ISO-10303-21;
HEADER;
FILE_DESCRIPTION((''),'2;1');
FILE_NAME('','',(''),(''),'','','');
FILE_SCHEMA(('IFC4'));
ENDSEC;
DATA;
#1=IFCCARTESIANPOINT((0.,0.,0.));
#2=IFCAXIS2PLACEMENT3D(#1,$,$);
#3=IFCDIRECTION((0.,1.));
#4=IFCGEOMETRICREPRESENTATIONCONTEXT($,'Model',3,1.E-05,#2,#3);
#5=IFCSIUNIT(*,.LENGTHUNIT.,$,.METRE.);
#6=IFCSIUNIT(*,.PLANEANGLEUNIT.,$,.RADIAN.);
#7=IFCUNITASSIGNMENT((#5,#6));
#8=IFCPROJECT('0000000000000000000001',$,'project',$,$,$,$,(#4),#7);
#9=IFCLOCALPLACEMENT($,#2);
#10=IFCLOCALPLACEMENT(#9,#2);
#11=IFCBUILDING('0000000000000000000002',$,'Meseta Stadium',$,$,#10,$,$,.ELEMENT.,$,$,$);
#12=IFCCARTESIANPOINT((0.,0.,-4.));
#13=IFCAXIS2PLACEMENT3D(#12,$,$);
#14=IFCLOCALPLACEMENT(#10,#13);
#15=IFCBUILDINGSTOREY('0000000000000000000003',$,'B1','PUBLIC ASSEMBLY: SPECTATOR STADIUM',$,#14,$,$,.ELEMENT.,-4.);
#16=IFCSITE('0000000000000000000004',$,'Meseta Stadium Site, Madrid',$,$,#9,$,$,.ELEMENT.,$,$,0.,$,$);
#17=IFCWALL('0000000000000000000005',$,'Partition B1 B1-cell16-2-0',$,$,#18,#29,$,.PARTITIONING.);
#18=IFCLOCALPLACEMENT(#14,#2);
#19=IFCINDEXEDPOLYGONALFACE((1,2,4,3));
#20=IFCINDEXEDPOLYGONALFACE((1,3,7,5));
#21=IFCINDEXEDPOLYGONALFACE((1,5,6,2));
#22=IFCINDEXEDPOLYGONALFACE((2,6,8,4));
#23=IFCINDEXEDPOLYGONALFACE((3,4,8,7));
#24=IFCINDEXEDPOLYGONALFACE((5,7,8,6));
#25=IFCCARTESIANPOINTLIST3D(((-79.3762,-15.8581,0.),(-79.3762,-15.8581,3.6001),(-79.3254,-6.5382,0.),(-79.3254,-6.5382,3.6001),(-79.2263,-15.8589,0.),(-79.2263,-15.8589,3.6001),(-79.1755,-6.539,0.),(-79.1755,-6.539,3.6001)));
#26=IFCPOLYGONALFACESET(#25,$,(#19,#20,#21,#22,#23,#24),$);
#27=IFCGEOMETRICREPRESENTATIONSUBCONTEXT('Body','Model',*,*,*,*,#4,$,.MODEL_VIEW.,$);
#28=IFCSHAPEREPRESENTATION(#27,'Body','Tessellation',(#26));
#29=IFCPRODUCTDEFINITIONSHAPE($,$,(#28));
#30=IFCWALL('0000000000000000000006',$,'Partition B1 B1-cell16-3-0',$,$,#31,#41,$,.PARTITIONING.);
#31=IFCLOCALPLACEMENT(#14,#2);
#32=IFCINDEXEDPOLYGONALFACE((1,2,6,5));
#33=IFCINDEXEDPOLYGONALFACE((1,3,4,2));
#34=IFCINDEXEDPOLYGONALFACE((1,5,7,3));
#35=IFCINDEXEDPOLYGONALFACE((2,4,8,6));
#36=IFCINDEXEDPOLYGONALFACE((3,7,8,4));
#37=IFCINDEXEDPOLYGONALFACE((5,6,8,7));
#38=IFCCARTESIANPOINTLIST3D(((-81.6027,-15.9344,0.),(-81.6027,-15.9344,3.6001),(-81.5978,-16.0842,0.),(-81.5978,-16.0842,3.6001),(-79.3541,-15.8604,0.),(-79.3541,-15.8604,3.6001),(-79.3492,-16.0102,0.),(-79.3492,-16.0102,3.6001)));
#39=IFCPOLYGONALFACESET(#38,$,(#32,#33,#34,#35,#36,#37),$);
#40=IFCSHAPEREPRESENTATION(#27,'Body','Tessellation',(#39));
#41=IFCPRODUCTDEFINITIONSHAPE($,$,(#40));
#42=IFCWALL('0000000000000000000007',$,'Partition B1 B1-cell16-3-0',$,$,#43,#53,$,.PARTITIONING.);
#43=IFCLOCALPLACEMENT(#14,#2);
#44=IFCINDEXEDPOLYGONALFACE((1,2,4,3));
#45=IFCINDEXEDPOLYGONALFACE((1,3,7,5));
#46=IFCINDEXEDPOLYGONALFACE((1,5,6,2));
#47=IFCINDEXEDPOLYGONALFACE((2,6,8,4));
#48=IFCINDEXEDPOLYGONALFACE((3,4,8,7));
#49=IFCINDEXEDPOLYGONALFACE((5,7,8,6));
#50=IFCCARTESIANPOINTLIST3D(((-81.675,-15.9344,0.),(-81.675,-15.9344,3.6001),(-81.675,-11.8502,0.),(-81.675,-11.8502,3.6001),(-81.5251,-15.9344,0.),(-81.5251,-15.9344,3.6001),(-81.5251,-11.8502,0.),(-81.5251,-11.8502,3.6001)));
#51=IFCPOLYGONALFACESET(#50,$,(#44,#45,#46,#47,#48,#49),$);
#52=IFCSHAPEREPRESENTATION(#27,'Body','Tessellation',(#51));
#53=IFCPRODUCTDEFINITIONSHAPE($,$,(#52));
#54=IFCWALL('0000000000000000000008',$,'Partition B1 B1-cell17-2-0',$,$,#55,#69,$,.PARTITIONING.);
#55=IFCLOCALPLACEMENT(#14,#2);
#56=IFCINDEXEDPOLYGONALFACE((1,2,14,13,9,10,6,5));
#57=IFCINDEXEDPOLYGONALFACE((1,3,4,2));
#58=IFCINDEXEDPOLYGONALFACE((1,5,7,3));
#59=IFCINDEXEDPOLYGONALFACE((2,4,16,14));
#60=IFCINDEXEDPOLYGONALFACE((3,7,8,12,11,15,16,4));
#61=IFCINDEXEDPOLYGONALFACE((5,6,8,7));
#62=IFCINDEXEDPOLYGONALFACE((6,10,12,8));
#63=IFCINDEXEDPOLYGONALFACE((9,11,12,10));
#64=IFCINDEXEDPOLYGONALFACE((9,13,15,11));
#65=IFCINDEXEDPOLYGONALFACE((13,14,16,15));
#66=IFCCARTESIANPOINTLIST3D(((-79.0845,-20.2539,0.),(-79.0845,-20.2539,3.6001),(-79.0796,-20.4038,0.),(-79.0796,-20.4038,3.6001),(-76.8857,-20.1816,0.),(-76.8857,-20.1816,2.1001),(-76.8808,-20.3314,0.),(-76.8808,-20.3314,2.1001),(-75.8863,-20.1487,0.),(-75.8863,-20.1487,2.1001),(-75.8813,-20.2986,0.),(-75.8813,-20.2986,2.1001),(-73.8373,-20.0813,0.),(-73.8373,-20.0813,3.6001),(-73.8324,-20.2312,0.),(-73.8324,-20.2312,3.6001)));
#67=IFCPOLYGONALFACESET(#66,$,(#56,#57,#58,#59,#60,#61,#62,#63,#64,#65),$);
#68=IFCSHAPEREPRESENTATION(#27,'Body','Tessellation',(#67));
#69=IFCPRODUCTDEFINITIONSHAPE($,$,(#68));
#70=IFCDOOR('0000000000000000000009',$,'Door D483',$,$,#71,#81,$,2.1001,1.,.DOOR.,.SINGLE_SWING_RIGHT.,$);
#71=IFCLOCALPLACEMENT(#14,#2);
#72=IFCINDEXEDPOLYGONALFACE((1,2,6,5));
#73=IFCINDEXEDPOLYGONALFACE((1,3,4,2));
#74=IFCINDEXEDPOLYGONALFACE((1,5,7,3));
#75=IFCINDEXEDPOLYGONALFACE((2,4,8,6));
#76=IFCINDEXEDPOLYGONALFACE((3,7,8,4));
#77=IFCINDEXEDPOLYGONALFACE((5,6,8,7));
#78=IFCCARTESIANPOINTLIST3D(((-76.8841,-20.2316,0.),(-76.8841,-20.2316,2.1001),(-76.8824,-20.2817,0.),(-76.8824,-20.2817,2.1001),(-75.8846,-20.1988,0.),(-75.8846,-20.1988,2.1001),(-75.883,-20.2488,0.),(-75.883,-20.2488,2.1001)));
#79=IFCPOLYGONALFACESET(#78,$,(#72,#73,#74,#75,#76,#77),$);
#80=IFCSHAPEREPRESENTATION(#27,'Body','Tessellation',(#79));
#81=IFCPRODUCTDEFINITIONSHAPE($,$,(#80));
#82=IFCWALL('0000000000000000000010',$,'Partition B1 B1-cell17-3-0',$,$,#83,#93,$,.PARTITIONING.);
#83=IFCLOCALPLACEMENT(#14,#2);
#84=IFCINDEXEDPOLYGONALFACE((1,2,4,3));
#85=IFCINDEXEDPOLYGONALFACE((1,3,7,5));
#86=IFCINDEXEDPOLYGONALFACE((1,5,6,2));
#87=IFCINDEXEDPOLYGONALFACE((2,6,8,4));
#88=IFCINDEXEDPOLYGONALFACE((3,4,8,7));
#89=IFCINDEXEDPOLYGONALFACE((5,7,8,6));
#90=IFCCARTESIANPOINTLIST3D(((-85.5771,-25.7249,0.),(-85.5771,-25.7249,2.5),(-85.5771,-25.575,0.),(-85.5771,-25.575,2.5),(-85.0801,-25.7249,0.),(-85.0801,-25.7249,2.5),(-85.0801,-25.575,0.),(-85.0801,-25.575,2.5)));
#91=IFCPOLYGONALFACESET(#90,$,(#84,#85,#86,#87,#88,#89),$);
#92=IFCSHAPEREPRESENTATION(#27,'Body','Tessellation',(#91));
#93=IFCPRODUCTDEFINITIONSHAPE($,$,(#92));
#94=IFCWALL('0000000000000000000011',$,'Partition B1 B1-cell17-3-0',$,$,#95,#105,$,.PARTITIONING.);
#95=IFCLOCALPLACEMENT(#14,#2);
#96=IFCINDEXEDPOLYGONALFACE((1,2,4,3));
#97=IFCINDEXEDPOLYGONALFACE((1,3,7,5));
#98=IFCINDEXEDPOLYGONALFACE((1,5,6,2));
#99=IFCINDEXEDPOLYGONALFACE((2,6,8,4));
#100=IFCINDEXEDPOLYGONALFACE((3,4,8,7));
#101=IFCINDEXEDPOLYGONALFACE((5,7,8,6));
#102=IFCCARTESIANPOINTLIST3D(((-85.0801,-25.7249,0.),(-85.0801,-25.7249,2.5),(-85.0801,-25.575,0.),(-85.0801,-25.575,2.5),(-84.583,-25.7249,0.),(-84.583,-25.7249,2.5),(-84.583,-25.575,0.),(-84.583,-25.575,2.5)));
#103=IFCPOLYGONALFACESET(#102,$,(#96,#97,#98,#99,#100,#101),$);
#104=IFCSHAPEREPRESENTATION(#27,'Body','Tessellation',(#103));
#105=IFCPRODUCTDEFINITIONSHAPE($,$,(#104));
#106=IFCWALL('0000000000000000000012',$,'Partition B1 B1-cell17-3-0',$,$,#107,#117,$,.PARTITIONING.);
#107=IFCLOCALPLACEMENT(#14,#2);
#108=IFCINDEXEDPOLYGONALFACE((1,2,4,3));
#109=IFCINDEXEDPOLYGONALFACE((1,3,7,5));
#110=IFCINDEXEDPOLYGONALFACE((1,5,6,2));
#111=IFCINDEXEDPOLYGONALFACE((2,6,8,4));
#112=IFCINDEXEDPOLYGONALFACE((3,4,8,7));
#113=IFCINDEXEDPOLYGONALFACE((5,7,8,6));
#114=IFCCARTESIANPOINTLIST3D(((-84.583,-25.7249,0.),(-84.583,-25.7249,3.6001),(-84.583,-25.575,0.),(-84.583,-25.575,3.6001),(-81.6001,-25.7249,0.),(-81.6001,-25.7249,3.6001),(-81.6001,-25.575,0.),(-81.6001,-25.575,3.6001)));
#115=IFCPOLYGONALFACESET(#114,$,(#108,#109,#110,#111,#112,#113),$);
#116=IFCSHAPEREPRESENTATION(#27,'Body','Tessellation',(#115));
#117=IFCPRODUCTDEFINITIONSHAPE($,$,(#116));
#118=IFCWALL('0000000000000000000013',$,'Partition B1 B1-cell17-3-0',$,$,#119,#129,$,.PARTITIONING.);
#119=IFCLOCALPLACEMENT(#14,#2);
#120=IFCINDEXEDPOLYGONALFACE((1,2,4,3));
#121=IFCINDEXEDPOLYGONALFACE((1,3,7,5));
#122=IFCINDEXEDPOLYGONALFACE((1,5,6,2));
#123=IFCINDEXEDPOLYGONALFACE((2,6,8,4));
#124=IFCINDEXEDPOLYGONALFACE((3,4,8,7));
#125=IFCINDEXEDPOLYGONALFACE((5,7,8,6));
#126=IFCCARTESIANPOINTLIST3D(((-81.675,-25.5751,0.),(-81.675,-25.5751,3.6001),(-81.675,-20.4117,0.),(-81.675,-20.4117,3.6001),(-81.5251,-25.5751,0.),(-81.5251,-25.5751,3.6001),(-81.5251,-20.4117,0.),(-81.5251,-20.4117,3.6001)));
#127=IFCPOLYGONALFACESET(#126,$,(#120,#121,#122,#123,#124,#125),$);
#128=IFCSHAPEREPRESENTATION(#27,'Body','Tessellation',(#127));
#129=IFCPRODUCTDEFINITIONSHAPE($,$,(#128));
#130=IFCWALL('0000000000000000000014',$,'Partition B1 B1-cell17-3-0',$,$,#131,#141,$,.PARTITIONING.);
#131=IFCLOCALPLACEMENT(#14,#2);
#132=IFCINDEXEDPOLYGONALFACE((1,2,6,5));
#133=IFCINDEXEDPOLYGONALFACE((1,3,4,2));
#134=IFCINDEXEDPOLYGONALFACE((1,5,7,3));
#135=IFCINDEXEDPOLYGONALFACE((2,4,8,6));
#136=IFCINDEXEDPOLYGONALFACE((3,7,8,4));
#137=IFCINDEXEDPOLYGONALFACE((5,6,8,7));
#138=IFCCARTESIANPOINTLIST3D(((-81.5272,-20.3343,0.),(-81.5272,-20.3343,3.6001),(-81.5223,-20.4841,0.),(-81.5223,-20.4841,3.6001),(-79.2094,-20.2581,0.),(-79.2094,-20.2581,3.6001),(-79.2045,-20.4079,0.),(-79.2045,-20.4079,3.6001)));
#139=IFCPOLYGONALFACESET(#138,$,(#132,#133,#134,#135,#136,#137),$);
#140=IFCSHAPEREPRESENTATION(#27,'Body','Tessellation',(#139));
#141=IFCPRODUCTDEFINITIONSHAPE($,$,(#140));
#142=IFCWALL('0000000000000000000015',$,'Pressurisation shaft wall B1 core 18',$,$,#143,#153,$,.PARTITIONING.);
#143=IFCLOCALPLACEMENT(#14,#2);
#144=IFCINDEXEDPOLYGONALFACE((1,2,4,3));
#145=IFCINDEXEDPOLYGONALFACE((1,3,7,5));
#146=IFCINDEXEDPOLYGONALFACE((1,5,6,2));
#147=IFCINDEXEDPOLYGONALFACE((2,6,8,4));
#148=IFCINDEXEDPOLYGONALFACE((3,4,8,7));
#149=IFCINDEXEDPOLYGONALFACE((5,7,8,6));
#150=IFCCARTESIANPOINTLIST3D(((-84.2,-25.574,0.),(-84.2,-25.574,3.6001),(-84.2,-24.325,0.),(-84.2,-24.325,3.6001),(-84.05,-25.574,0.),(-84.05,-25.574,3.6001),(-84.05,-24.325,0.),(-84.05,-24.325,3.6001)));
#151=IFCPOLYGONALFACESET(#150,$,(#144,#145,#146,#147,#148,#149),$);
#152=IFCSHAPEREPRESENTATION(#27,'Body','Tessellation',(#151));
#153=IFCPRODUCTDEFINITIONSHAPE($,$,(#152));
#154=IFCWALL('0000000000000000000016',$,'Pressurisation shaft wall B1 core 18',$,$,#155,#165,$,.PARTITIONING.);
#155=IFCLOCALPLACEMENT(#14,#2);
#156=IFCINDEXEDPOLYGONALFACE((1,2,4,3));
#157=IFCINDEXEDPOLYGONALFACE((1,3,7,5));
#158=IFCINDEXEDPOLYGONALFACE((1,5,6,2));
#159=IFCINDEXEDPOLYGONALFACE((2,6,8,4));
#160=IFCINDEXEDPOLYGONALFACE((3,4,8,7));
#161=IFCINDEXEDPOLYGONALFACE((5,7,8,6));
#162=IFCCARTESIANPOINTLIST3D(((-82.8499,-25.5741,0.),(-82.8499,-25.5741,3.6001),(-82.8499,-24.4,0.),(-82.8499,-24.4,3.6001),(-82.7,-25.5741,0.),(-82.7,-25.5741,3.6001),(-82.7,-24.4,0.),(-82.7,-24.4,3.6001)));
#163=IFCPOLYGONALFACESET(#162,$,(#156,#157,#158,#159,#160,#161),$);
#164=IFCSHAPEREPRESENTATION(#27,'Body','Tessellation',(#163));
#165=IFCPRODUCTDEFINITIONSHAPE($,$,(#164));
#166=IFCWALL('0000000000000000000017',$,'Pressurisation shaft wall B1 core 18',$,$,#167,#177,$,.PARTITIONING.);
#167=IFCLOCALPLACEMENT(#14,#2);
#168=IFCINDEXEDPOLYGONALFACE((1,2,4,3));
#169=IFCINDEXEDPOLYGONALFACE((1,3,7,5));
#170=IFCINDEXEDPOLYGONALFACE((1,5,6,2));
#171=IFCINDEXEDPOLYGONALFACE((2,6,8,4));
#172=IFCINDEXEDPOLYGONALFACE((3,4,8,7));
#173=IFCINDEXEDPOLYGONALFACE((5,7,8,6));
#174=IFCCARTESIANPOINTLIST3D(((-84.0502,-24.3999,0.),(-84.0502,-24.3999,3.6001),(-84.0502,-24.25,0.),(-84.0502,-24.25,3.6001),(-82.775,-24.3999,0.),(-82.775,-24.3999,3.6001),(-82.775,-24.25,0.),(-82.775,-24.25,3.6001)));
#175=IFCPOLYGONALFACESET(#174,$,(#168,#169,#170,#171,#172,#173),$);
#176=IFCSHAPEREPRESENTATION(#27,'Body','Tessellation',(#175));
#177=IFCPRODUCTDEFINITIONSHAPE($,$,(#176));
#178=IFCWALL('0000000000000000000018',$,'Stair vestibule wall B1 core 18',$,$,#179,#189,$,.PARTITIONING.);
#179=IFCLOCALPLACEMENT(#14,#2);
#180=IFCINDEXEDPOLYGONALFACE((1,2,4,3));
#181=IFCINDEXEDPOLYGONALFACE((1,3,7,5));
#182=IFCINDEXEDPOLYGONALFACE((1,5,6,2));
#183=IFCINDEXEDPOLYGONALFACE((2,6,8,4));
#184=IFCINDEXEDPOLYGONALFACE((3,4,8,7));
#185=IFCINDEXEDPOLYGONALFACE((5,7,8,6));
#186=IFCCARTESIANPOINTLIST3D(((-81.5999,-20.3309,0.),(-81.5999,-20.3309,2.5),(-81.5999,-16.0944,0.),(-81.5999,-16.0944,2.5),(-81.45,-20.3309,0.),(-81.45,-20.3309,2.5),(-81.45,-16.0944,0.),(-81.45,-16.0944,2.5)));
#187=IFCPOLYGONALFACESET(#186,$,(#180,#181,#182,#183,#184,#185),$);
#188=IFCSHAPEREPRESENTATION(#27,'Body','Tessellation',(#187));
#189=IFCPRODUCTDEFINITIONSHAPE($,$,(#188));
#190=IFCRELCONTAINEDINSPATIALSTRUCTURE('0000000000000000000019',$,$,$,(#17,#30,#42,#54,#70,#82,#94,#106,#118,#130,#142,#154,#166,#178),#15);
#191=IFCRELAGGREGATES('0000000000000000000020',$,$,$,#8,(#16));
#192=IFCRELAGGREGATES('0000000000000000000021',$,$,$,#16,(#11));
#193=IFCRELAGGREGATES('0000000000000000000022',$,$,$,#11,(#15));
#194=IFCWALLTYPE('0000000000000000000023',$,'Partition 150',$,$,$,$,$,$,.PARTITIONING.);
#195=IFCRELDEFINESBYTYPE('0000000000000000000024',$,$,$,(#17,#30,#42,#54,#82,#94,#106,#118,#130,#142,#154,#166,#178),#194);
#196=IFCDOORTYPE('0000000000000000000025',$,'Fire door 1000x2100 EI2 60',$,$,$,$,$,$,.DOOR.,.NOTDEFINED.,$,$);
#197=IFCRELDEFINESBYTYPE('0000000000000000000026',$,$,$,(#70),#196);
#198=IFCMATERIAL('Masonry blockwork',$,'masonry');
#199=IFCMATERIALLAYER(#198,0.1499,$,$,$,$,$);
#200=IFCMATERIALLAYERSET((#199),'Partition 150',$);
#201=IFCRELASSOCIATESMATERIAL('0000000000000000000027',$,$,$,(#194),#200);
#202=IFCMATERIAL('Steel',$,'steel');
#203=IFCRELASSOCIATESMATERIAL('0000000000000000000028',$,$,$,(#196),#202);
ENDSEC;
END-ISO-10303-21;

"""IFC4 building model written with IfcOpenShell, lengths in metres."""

from ifc_helpers import new_model, si_unit, direction, frame, frame_2d, origin, place, context, subcontext, project, spatial, rectangle, extrude, material, layer, layer_set, type_object, element, fill, save


model = new_model("IFC4")

# Units and contexts
model_context = context("Model", 3, precision=1e-05, world=origin(), true_north=direction((0.0, 1.0)))
body_context = subcontext(model_context, "Body", "Model", "MODEL_VIEW")
ifc_project = project(units=[si_unit("LENGTHUNIT", "METRE"), si_unit("PLANEANGLEUNIT", "RADIAN")], contexts=[model_context])

# Site, building, storey
site_placement = place(None, origin())
site = spatial("IfcSite", under=ifc_project, at=site_placement, Name="Meseta Stadium Site, Madrid", CompositionType="ELEMENT", RefElevation=0.0)
building_placement = place(site_placement, origin())
building = spatial("IfcBuilding", under=site, at=building_placement, Name="Meseta Stadium", CompositionType="ELEMENT")
storey_placement = place(building_placement, frame((0.0, 0.0, -4.0)))
storey = spatial("IfcBuildingStorey", under=building, at=storey_placement, Name="B1", Description="PUBLIC ASSEMBLY: SPECTATOR STADIUM", CompositionType="ELEMENT", Elevation=-4.0)

# Walls
ifc_material_1 = material(Name="Masonry blockwork", Category="masonry")
ifc_layer_1 = layer(ifc_material_1, 0.1499)
ifc_layer_set_1 = layer_set([ifc_layer_1], Name="Partition 150")
wall_type_1 = type_object("IfcWallType", Name="Partition 150", PredefinedType="PARTITIONING", material=ifc_layer_set_1)
wall_1_placement = place(storey_placement, frame((-79.3013, -15.8586, 0.0), z_axis=(0.0, 0.0, 1.0), x_axis=(0.005449, 0.999985, 0.0)))
element("IfcWall", 1, at=wall_1_placement, inside=storey, type_object=wall_type_1, Name="Partition B1 B1-cell16-2-0", PredefinedType="PARTITIONING", context=body_context, shape_type="SweptSolid", body=[
    extrude(rectangle(XDim=9.3201, YDim=0.1499, at=frame_2d((4.6602, 0.0))), origin(), (0.0, 0.0, 1.0), 3.6001),
])
wall_2_placement = place(storey_placement, frame((-79.3516, -15.9353, 0.0), z_axis=(0.0, 0.0, 1.0), x_axis=(-0.999459, -0.032881, 0.0)))
element("IfcWall", 2, at=wall_2_placement, inside=storey, type_object=wall_type_1, Name="Partition B1 B1-cell16-3-0", PredefinedType="PARTITIONING", context=body_context, shape_type="SweptSolid", body=[
    extrude(rectangle(XDim=2.2498, YDim=0.1499, at=frame_2d((1.125, 0.0))), origin(), (0.0, 0.0, 1.0), 3.6001),
])
wall_3_placement = place(storey_placement, frame((-81.6001, -15.9343, 0.0), z_axis=(0.0, 0.0, 1.0), x_axis=(0.0, 1.0, 0.0)))
element("IfcWall", 3, at=wall_3_placement, inside=storey, type_object=wall_type_1, Name="Partition B1 B1-cell16-3-0", PredefinedType="PARTITIONING", context=body_context, shape_type="SweptSolid", body=[
    extrude(rectangle(XDim=4.0842, YDim=0.1499, at=frame_2d((2.042, 0.0))), origin(), (0.0, 0.0, 1.0), 3.6001),
])

# Wall, opening, door
wall_4_placement = place(storey_placement, frame((-79.082, -20.3289, 0.0), z_axis=(0.0, 0.0, 1.0), x_axis=(0.999459, 0.032878, 0.0)))
wall_4 = element("IfcWall", 4, at=wall_4_placement, inside=storey, type_object=wall_type_1, Name="Partition B1 B1-cell17-2-0", PredefinedType="PARTITIONING", context=body_context, shape_type="SweptSolid", body=[
    extrude(rectangle(XDim=5.25, YDim=0.1499, at=frame_2d((2.625, 0.0))), origin(), (0.0, 0.0, 1.0), 3.6001),
])
opening_1_placement = place(wall_4_placement, frame((2.2, 0.0, 0.0)))
opening_1 = element("IfcOpeningElement", 5, at=opening_1_placement, cuts=wall_4, PredefinedType="OPENING", context=body_context, shape_type="SweptSolid", body=[
    extrude(rectangle(XDim=1.0, YDim=2.1001, at=frame_2d((0.5, 1.05))), frame((0.0, 0.085, 0.0), z_axis=(0.0, -1.0, 0.0), x_axis=(1.0, 0.0, 0.0)), (0.0, 0.0, 1.0), 0.1699),
])
ifc_material_2 = material(Name="Steel", Category="steel")
door_type_1 = type_object("IfcDoorType", Name="Fire door 1000x2100 EI2 60", OperationType="NOTDEFINED", PredefinedType="DOOR", material=ifc_material_2)
door_1_placement = place(opening_1_placement, origin())
door_1 = element("IfcDoor", 6, at=door_1_placement, inside=storey, type_object=door_type_1, Name="Door D483", OperationType="SINGLE_SWING_RIGHT", OverallHeight=2.1001, OverallWidth=1.0, PredefinedType="DOOR", context=body_context, shape_type="SweptSolid", body=[
    extrude(rectangle(XDim=1.0, YDim=2.1001, at=frame_2d((0.5, 1.05))), frame((0.0, 0.0249, 0.0), z_axis=(0.0, -1.0, 0.0), x_axis=(1.0, 0.0, 0.0)), (0.0, 0.0, 1.0), 0.05),
])
fill(opening_1, door_1)

# Walls
for number, where, z_axis, x_axis, name in (
    (7, (-85.5771, -25.6499, 0.0), (0.0, 0.0, 1.0), (1.0, 0.0, 0.0), "Partition B1 B1-cell17-3-0"),
    (8, (-85.0801, -25.6499, 0.0), (0.0, 0.0, 1.0), (1.0, 0.0, 0.0), "Partition B1 B1-cell17-3-0"),
):
    element("IfcWall", number, at=place(storey_placement, frame(where, z_axis=z_axis, x_axis=x_axis)), inside=storey, type_object=wall_type_1, Name=name, PredefinedType="PARTITIONING", context=body_context, shape_type="SweptSolid", body=[
        extrude(rectangle(XDim=0.4971, YDim=0.1499, at=frame_2d((0.2485, 0.0))), origin(), (0.0, 0.0, 1.0), 2.5),
    ])
wall_5_placement = place(storey_placement, frame((-84.583, -25.6499, 0.0), z_axis=(0.0, 0.0, 1.0), x_axis=(1.0, 0.0, 0.0)))
element("IfcWall", 9, at=wall_5_placement, inside=storey, type_object=wall_type_1, Name="Partition B1 B1-cell17-3-0", PredefinedType="PARTITIONING", context=body_context, shape_type="SweptSolid", body=[
    extrude(rectangle(XDim=2.9829, YDim=0.1499, at=frame_2d((1.4915, 0.0))), origin(), (0.0, 0.0, 1.0), 3.6001),
])
wall_6_placement = place(storey_placement, frame((-81.6001, -25.575, 0.0), z_axis=(0.0, 0.0, 1.0), x_axis=(0.0, 1.0, 0.0)))
element("IfcWall", 10, at=wall_6_placement, inside=storey, type_object=wall_type_1, Name="Partition B1 B1-cell17-3-0", PredefinedType="PARTITIONING", context=body_context, shape_type="SweptSolid", body=[
    extrude(rectangle(XDim=5.1633, YDim=0.1499, at=frame_2d((2.5815, 0.0))), origin(), (0.0, 0.0, 1.0), 3.6001),
])
wall_7_placement = place(storey_placement, frame((-81.5249, -20.4092, 0.0), z_axis=(0.0, 0.0, 1.0), x_axis=(0.99946, 0.032845, 0.0)))
element("IfcWall", 11, at=wall_7_placement, inside=storey, type_object=wall_type_1, Name="Partition B1 B1-cell17-3-0", PredefinedType="PARTITIONING", context=body_context, shape_type="SweptSolid", body=[
    extrude(rectangle(XDim=2.3191, YDim=0.1499, at=frame_2d((1.1597, 0.0))), origin(), (0.0, 0.0, 1.0), 3.6001),
])
wall_8_placement = place(storey_placement, frame((-84.125, -24.325, 0.0), z_axis=(0.0, 0.0, 1.0), x_axis=(0.0, -1.0, 0.0)))
element("IfcWall", 12, at=wall_8_placement, inside=storey, type_object=wall_type_1, Name="Pressurisation shaft wall B1 core 18", PredefinedType="PARTITIONING", context=body_context, shape_type="SweptSolid", body=[
    extrude(rectangle(XDim=1.249, YDim=0.1499, at=frame_2d((0.6245, 0.0))), origin(), (0.0, 0.0, 1.0), 3.6001),
])
wall_9_placement = place(storey_placement, frame((-82.7749, -25.574, 0.0), z_axis=(0.0, 0.0, 1.0), x_axis=(0.0, 1.0, 0.0)))
element("IfcWall", 13, at=wall_9_placement, inside=storey, type_object=wall_type_1, Name="Pressurisation shaft wall B1 core 18", PredefinedType="PARTITIONING", context=body_context, shape_type="SweptSolid", body=[
    extrude(rectangle(XDim=1.1741, YDim=0.1499, at=frame_2d((0.5869, 0.0))), origin(), (0.0, 0.0, 1.0), 3.6001),
])
wall_10_placement = place(storey_placement, frame((-82.7749, -24.325, 0.0), z_axis=(0.0, 0.0, 1.0), x_axis=(-1.0, 0.0, 0.0)))
element("IfcWall", 14, at=wall_10_placement, inside=storey, type_object=wall_type_1, Name="Pressurisation shaft wall B1 core 18", PredefinedType="PARTITIONING", context=body_context, shape_type="SweptSolid", body=[
    extrude(rectangle(XDim=1.2751, YDim=0.1499, at=frame_2d((0.6377, 0.0))), origin(), (0.0, 0.0, 1.0), 3.6001),
])
wall_11_placement = place(storey_placement, frame((-81.5249, -20.3308, 0.0), z_axis=(0.0, 0.0, 1.0), x_axis=(0.0, 1.0, 0.0)))
element("IfcWall", 15, at=wall_11_placement, inside=storey, type_object=wall_type_1, Name="Stair vestibule wall B1 core 18", PredefinedType="PARTITIONING", context=body_context, shape_type="SweptSolid", body=[
    extrude(rectangle(XDim=4.2366, YDim=0.1499, at=frame_2d((2.1182, 0.0))), origin(), (0.0, 0.0, 1.0), 2.5),
])

save(model, "model.ifc")
